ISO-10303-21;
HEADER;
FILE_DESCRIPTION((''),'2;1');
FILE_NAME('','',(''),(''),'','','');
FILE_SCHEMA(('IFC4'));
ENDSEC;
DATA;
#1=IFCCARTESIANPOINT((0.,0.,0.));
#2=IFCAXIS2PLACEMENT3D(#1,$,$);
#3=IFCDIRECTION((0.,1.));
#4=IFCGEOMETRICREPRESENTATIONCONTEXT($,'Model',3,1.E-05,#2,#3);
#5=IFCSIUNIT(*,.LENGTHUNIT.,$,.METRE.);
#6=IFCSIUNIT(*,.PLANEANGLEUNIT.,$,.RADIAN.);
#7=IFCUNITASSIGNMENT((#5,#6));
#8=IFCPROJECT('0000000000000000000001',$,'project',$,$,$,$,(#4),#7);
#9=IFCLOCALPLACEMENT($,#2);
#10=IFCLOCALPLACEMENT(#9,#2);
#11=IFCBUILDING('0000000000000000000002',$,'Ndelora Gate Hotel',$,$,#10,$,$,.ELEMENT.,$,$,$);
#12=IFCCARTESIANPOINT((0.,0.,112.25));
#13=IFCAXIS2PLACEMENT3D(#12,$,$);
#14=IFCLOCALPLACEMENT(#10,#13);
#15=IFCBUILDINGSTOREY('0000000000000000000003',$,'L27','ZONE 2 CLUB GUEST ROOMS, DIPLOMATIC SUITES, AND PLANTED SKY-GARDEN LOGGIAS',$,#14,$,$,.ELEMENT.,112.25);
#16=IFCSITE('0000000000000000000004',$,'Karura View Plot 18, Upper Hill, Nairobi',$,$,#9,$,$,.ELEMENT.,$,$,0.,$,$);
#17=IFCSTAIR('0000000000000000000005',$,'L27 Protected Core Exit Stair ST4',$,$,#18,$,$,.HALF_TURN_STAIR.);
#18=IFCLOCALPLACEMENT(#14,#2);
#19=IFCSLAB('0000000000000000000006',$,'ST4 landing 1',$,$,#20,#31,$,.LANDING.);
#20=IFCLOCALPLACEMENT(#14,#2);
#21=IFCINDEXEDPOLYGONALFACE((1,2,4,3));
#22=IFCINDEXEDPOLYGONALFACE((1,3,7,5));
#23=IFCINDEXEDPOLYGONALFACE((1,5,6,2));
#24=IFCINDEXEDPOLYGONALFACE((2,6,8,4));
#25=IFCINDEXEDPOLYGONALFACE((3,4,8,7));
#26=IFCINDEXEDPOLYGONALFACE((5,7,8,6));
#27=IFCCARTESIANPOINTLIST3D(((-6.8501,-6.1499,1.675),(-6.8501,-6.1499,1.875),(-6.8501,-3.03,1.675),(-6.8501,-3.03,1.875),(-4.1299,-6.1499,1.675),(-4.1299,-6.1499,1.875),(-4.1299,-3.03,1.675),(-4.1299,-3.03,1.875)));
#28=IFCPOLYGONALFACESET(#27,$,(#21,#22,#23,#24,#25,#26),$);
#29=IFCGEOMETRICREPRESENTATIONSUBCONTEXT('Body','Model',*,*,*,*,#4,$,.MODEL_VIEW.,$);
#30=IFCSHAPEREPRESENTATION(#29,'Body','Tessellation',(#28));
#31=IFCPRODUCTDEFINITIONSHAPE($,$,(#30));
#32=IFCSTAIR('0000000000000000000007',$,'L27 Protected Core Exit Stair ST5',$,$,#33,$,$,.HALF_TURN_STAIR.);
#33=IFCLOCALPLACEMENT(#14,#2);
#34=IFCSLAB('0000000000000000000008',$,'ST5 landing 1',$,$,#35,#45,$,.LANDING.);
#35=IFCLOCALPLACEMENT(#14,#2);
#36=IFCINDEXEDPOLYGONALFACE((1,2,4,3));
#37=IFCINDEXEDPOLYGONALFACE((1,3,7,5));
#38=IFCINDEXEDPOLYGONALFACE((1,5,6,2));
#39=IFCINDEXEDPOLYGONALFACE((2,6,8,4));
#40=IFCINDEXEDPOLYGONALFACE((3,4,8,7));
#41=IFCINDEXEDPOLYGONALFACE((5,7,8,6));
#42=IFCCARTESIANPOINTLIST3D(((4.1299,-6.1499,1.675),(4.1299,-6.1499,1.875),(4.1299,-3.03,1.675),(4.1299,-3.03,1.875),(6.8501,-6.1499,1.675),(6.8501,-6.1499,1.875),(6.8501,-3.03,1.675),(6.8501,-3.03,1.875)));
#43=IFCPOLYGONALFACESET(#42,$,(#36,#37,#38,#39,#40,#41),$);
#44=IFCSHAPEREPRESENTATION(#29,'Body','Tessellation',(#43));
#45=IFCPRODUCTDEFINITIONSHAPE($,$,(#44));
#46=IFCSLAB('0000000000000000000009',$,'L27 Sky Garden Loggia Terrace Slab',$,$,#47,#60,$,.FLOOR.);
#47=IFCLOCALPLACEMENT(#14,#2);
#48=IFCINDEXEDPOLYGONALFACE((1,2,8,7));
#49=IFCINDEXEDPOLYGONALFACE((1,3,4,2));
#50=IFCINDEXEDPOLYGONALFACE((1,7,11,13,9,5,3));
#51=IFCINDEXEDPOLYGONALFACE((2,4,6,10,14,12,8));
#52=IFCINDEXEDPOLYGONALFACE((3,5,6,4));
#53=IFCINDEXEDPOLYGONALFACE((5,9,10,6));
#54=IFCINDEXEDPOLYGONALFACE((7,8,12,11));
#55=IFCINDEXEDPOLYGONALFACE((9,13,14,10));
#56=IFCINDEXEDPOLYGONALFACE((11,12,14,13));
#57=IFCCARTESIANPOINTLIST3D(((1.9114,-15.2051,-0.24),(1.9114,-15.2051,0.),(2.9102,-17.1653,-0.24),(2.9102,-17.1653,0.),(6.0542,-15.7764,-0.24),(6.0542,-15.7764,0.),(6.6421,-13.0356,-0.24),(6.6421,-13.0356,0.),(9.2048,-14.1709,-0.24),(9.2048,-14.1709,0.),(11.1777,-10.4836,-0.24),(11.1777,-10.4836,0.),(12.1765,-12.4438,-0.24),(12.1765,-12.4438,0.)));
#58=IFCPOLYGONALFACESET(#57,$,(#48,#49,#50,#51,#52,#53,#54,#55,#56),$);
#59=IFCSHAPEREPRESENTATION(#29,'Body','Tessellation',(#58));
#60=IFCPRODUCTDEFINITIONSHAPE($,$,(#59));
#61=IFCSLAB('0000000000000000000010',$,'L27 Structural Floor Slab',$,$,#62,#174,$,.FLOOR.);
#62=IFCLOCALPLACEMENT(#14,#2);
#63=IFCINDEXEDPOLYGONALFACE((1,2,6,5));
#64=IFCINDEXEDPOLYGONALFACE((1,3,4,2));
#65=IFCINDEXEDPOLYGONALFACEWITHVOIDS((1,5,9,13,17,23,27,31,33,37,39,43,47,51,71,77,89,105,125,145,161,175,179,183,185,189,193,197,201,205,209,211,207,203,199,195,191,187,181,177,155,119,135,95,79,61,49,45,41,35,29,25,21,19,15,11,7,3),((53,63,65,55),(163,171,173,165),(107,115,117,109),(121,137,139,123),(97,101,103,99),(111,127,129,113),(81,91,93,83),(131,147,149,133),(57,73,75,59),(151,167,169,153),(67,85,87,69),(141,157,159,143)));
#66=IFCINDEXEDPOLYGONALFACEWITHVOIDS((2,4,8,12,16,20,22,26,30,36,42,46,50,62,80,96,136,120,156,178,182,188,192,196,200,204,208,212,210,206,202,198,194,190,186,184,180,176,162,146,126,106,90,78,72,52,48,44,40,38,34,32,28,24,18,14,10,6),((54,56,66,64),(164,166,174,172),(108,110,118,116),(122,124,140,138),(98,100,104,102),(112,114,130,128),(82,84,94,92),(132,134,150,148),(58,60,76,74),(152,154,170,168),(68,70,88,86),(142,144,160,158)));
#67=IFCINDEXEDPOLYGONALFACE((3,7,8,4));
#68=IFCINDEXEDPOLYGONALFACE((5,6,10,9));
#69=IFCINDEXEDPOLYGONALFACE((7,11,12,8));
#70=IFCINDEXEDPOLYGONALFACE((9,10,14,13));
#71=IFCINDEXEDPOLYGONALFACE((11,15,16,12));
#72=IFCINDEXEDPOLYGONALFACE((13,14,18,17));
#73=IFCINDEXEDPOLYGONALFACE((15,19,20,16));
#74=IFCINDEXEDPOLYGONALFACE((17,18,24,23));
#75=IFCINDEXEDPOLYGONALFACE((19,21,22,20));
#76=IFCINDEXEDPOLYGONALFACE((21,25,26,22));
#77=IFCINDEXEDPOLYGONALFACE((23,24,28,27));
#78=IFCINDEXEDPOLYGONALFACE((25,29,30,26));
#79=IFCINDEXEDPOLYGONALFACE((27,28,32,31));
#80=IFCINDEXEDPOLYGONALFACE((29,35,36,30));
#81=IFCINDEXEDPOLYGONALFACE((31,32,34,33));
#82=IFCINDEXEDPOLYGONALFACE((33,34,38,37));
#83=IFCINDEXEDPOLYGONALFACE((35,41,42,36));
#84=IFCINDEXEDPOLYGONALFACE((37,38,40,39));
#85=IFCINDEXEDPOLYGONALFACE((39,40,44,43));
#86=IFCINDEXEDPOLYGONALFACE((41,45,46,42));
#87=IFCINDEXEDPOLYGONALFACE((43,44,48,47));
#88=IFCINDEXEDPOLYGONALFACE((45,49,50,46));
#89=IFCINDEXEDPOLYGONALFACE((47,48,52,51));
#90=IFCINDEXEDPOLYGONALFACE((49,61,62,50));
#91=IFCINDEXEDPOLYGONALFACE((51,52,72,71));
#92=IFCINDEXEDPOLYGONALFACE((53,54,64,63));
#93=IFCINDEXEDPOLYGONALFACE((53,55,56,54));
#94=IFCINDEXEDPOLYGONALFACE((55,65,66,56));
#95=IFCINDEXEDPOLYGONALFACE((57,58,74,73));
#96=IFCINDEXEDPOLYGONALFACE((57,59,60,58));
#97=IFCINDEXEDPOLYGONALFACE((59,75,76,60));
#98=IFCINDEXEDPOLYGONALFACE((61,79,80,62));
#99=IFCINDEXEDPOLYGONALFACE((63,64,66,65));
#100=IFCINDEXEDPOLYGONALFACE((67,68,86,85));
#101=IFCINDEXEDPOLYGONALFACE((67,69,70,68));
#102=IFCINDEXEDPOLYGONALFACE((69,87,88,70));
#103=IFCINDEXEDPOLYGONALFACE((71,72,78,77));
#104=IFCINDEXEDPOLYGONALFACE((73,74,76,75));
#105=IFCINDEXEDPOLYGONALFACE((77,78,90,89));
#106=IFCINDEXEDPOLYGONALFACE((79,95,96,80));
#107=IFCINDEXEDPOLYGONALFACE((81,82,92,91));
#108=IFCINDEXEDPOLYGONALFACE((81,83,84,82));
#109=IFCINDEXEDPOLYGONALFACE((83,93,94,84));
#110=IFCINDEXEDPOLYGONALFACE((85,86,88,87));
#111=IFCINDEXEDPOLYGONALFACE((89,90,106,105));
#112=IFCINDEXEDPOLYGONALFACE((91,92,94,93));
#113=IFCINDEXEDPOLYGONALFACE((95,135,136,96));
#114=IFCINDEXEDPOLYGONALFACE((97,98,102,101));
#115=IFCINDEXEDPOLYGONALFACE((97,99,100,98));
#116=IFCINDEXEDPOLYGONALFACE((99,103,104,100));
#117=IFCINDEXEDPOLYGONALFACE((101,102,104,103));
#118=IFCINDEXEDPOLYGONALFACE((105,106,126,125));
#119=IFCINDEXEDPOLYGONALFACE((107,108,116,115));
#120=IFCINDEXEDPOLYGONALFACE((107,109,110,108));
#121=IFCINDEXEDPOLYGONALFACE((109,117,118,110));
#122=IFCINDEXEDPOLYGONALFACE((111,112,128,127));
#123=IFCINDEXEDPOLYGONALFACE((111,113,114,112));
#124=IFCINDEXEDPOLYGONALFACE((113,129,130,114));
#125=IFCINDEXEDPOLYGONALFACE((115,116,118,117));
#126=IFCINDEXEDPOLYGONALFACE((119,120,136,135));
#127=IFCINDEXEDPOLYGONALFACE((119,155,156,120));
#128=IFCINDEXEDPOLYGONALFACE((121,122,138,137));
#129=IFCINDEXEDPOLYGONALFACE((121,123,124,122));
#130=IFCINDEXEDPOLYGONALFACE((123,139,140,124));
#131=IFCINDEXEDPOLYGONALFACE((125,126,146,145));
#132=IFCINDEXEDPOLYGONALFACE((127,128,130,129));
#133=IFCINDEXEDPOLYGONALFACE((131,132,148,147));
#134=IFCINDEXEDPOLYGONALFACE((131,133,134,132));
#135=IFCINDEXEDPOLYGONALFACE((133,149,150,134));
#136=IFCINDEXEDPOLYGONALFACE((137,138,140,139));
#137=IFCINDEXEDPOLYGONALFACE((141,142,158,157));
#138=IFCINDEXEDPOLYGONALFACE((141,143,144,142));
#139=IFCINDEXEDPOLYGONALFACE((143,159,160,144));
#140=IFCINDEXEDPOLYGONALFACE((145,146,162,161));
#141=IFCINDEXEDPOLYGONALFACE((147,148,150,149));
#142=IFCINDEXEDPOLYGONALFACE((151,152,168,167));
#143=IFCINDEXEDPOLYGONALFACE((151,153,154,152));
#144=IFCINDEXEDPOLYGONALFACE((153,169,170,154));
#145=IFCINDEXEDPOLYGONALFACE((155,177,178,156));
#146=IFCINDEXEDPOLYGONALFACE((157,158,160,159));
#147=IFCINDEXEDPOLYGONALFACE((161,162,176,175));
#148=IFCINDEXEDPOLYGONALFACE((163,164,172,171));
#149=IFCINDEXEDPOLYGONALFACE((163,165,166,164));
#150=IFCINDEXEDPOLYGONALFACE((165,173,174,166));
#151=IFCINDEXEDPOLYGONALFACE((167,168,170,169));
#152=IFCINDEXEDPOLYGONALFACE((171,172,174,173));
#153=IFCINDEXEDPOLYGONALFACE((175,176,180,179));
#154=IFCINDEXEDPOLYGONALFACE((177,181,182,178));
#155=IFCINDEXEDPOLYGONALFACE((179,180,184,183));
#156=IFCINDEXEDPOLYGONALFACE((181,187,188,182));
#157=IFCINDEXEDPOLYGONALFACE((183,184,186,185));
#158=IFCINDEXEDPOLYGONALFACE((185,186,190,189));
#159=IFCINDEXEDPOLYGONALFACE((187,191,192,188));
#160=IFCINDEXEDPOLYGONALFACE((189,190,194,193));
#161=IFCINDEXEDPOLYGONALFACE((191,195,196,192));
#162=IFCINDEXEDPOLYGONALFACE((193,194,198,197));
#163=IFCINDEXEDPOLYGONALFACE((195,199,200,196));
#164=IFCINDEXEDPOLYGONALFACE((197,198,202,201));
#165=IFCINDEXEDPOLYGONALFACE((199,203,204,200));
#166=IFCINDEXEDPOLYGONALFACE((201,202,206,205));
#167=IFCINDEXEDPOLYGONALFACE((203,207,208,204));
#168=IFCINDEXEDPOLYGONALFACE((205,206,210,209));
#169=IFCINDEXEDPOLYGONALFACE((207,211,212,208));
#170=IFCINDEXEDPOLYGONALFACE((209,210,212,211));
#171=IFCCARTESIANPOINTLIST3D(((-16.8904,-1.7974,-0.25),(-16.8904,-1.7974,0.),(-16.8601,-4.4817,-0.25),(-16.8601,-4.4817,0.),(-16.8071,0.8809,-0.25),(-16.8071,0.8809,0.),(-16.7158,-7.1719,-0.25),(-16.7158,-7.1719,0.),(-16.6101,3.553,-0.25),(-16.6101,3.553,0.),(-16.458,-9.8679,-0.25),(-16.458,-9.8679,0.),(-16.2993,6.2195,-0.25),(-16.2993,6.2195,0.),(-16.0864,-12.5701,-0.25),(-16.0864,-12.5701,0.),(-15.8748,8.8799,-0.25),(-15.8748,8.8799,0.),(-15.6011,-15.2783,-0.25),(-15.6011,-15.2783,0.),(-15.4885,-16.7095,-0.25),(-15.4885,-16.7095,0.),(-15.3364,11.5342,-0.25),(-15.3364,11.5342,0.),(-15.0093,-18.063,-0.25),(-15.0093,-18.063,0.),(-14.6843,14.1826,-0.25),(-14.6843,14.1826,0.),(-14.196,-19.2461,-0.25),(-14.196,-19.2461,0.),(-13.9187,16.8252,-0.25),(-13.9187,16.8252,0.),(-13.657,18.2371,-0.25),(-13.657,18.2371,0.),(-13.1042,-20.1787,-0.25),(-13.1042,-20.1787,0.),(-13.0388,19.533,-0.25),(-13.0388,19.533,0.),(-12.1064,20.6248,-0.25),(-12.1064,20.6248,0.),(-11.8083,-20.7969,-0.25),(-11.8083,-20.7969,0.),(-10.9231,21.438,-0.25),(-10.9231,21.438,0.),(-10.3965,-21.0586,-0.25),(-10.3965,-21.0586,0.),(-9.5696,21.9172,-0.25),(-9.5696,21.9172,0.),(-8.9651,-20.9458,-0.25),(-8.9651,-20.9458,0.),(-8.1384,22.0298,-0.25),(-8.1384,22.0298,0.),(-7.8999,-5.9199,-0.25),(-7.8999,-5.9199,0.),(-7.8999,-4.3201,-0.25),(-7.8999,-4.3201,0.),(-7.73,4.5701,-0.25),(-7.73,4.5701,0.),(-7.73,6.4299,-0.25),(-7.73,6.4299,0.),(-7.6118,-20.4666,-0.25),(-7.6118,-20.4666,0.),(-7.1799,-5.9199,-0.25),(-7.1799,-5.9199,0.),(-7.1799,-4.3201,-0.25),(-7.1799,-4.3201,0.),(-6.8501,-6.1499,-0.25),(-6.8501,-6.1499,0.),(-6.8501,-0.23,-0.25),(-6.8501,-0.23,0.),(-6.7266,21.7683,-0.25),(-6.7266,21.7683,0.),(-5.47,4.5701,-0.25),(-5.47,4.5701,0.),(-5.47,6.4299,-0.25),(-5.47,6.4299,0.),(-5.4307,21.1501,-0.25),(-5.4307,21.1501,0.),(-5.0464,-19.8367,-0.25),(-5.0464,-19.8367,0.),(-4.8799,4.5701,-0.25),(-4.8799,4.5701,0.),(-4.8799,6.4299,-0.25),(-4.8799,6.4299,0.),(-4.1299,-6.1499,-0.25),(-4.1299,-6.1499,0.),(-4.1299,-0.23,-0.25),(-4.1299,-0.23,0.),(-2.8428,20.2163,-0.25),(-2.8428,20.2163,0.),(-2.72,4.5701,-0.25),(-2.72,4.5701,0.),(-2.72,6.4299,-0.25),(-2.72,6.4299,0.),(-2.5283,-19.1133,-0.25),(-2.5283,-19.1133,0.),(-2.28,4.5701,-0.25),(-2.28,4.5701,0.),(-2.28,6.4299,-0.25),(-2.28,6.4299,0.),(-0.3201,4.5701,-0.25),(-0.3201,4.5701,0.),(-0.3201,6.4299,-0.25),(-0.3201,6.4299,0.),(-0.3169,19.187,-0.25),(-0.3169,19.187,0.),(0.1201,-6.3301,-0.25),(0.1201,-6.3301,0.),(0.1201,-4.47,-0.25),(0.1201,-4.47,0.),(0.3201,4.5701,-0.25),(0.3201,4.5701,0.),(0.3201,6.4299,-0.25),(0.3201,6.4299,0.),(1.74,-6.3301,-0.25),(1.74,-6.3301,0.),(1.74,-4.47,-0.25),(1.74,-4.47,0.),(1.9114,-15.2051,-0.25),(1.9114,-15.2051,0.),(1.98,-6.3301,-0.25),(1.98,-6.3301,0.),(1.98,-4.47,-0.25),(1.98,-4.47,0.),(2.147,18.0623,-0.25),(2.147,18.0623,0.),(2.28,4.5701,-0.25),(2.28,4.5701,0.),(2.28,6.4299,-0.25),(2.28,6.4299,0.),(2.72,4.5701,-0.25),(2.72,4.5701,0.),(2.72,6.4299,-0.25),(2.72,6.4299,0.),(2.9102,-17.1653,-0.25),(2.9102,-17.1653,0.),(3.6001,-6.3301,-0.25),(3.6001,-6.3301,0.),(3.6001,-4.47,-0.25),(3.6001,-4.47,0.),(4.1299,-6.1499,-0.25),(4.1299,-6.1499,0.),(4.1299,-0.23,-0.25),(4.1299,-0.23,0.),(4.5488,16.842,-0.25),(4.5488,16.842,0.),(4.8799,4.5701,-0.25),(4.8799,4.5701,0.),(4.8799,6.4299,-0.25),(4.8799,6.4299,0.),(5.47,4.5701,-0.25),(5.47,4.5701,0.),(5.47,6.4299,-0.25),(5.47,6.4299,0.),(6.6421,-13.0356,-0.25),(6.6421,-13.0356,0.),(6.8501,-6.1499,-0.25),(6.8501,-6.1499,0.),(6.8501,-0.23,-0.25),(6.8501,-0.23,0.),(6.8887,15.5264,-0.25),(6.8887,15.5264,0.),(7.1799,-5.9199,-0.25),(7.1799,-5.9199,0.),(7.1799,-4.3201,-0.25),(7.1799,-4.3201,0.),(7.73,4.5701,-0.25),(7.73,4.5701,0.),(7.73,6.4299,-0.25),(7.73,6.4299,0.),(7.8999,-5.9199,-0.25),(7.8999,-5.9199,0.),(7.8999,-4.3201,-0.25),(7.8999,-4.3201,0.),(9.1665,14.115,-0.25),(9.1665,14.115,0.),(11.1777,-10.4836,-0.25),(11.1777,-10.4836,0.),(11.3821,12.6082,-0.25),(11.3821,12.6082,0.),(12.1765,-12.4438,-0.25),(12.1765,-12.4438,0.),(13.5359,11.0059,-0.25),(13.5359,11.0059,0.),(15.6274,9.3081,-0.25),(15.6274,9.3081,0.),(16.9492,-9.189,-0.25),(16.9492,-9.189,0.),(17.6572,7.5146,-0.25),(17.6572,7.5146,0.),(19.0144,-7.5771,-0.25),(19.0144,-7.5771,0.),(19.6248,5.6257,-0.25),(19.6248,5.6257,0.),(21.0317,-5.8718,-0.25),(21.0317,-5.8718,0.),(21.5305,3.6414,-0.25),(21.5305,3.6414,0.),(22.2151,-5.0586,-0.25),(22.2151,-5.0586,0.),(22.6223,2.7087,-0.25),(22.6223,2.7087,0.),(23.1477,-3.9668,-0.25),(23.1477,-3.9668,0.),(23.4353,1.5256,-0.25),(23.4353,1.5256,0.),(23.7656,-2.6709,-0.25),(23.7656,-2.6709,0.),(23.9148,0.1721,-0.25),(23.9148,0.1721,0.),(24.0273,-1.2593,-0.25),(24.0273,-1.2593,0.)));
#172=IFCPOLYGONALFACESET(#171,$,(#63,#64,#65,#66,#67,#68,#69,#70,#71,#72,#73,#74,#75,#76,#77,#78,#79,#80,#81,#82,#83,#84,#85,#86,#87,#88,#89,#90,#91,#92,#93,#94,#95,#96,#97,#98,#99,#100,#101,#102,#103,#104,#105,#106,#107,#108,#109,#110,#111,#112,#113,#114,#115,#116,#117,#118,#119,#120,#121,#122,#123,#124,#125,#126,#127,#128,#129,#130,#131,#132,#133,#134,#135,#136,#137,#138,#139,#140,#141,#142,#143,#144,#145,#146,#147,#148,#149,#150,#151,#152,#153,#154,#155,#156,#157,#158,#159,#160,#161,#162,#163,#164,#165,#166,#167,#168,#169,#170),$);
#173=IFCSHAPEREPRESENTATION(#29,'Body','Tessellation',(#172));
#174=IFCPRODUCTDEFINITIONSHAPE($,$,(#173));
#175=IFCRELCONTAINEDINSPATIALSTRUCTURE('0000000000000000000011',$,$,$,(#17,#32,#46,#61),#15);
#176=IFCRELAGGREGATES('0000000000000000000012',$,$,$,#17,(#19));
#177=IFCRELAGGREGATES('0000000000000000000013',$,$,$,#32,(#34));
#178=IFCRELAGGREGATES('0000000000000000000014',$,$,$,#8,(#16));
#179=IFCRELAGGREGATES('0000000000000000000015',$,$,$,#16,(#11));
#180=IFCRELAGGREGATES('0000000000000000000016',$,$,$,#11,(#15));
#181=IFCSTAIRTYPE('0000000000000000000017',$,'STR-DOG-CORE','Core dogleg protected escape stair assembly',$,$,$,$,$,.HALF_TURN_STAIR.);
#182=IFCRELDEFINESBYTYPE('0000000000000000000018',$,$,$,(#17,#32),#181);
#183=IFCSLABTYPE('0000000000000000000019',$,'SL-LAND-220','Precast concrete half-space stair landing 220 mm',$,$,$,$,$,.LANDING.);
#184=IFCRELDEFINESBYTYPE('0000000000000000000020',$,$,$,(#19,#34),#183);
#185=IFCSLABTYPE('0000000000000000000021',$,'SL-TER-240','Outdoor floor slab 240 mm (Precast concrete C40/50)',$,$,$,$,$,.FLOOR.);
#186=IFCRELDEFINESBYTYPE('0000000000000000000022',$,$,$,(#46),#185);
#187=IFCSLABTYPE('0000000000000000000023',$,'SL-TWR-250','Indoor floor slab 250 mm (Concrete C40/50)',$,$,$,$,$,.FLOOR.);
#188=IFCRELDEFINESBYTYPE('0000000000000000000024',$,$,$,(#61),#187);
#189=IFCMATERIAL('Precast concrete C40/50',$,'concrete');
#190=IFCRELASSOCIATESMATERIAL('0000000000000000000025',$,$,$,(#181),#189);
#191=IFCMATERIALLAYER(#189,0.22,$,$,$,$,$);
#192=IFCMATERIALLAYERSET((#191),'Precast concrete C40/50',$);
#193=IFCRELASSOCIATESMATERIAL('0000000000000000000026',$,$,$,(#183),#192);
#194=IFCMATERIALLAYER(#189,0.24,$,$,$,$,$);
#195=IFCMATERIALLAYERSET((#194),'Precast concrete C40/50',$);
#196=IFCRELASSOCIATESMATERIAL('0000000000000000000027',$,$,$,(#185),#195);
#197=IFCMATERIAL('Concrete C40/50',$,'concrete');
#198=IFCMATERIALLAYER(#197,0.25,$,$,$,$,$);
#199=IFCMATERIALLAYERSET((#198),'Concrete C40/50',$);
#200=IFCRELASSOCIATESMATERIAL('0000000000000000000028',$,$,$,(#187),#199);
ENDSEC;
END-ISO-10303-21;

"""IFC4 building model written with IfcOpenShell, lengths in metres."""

from ifc_helpers import new_model, si_unit, direction, frame, origin, place, context, subcontext, project, spatial, polyline, outline, extrude, material, layer, layer_set, type_object, element, aggregate, save


model = new_model("IFC4")

# Units and contexts
model_context = context("Model", 3, precision=1e-05, world=origin(), true_north=direction((0.0, 1.0)))
body_context = subcontext(model_context, "Body", "Model", "MODEL_VIEW")
ifc_project = project(units=[si_unit("LENGTHUNIT", "METRE"), si_unit("PLANEANGLEUNIT", "RADIAN")], contexts=[model_context])

# Site, building, storey
site_placement = place(None, origin())
site = spatial("IfcSite", under=ifc_project, at=site_placement, Name="Karura View Plot 18, Upper Hill, Nairobi", CompositionType="ELEMENT", RefElevation=0.0)
building_placement = place(site_placement, origin())
building = spatial("IfcBuilding", under=site, at=building_placement, Name="Ndelora Gate Hotel", CompositionType="ELEMENT")
storey_placement = place(building_placement, frame((0.0, 0.0, 112.25)))
storey = spatial("IfcBuildingStorey", under=building, at=storey_placement, Name="L27", Description="ZONE 2 CLUB GUEST ROOMS, DIPLOMATIC SUITES, AND PLANTED SKY-GARDEN LOGGIAS", CompositionType="ELEMENT", Elevation=112.25)

# Stairs, slabs
ifc_material_1 = material(Name="Precast concrete C40/50", Category="concrete")
stair_type = type_object("IfcStairType", Name="STR-DOG-CORE", Description="Core dogleg protected escape stair assembly", PredefinedType="HALF_TURN_STAIR", material=ifc_material_1)
stair_1_placement = place(storey_placement, origin())
stair_1 = element("IfcStair", 1, at=stair_1_placement, inside=storey, type_object=stair_type, Name="L27 Protected Core Exit Stair ST4", PredefinedType="HALF_TURN_STAIR")
ifc_layer_1 = layer(ifc_material_1, 0.22)
ifc_layer_set_1 = layer_set([ifc_layer_1], Name="Precast concrete C40/50")
slab_type_1 = type_object("IfcSlabType", Name="SL-LAND-220", Description="Precast concrete half-space stair landing 220 mm", PredefinedType="LANDING", material=ifc_layer_set_1)
slab_1_placement = place(storey_placement, frame((0.0, 0.0, 1.675)))
slab_1 = element("IfcSlab", 2, at=slab_1_placement, type_object=slab_type_1, Name="ST4 landing 1", PredefinedType="LANDING", context=body_context, shape_type="SweptSolid", body=[
    extrude(outline(polyline([(-6.8501, -3.03), (-6.8501, -6.1499), (-4.1299, -6.1499), (-4.1299, -3.03), (-6.8501, -3.03)])), origin(), (0.0, 0.0, 1.0), 0.2),
])
aggregate(stair_1, [slab_1])
stair_2_placement = place(storey_placement, origin())
stair_2 = element("IfcStair", 3, at=stair_2_placement, inside=storey, type_object=stair_type, Name="L27 Protected Core Exit Stair ST5", PredefinedType="HALF_TURN_STAIR")
slab_2_placement = place(storey_placement, frame((0.0, 0.0, 1.675)))
slab_2 = element("IfcSlab", 4, at=slab_2_placement, type_object=slab_type_1, Name="ST5 landing 1", PredefinedType="LANDING", context=body_context, shape_type="SweptSolid", body=[
    extrude(outline(polyline([(4.1299, -3.03), (4.1299, -6.1499), (6.8501, -6.1499), (6.8501, -3.03), (4.1299, -3.03)])), origin(), (0.0, 0.0, 1.0), 0.2),
])

# Slabs
ifc_layer_2 = layer(ifc_material_1, 0.24)
ifc_layer_set_2 = layer_set([ifc_layer_2], Name="Precast concrete C40/50")
slab_type_2 = type_object("IfcSlabType", Name="SL-TER-240", Description="Outdoor floor slab 240 mm (Precast concrete C40/50)", PredefinedType="FLOOR", material=ifc_layer_set_2)
slab_3_placement = place(storey_placement, frame((0.0, 0.0, -0.24)))
element("IfcSlab", 5, at=slab_3_placement, inside=storey, type_object=slab_type_2, Name="L27 Sky Garden Loggia Terrace Slab", PredefinedType="FLOOR", context=body_context, shape_type="SweptSolid", body=[
    extrude(outline(polyline([(1.9114, -15.2051), (2.9102, -17.1653), (6.0542, -15.7764), (9.2048, -14.1709), (12.1765, -12.4438), (11.1777, -10.4836), (6.6421, -13.0356), (1.9114, -15.2051)])), origin(), (0.0, 0.0, 1.0), 0.24),
])
ifc_material_2 = material(Name="Concrete C40/50", Category="concrete")
ifc_layer_3 = layer(ifc_material_2, 0.25)
ifc_layer_set_3 = layer_set([ifc_layer_3], Name="Concrete C40/50")
slab_type_3 = type_object("IfcSlabType", Name="SL-TWR-250", Description="Indoor floor slab 250 mm (Concrete C40/50)", PredefinedType="FLOOR", material=ifc_layer_set_3)
slab_4_placement = place(storey_placement, frame((0.0, 0.0, -0.25)))
element("IfcSlab", 6, at=slab_4_placement, inside=storey, type_object=slab_type_3, Name="L27 Structural Floor Slab", PredefinedType="FLOOR", context=body_context, shape_type="SweptSolid", body=[
    extrude(outline(polyline([(-5.4307, 21.1501), (-6.7266, 21.7683), (-8.1384, 22.0298), (-9.5696, 21.9172), (-10.9231, 21.438), (-12.1064, 20.6248), (-13.0388, 19.533), (-13.657, 18.2371), (-13.9187, 16.8252), (-14.6843, 14.1826), (-15.3364, 11.5342), (-15.8748, 8.8799), (-16.2993, 6.2195), (-16.6101, 3.553), (-16.8071, 0.8809), (-16.8904, -1.7974), (-16.8601, -4.4817), (-16.7158, -7.1719), (-16.458, -9.8679), (-16.0864, -12.5701), (-15.6011, -15.2783), (-15.4885, -16.7095), (-15.0093, -18.063), (-14.196, -19.2461), (-13.1042, -20.1787), (-11.8083, -20.7969), (-10.3965, -21.0586), (-8.9651, -20.9458), (-7.6118, -20.4666), (-5.0464, -19.8367), (-2.5283, -19.1133), (2.9102, -17.1653), (1.9114, -15.2051), (6.6421, -13.0356), (11.1777, -10.4836), (12.1765, -12.4438), (16.9492, -9.189), (19.0144, -7.5771), (21.0317, -5.8718), (22.2151, -5.0586), (23.1477, -3.9668), (23.7656, -2.6709), (24.0273, -1.2593), (23.9148, 0.1721), (23.4353, 1.5256), (22.6223, 2.7087), (21.5305, 3.6414), (19.6248, 5.6257), (17.6572, 7.5146), (15.6274, 9.3081), (13.5359, 11.0059), (11.3821, 12.6082), (9.1665, 14.115), (6.8887, 15.5264), (4.5488, 16.842), (2.147, 18.0623), (-0.3169, 19.187), (-2.8428, 20.2163), (-5.4307, 21.1501)]), holes=[polyline([(-6.8501, -0.23), (-6.8501, -6.1499), (-4.1299, -6.1499), (-4.1299, -0.23), (-6.8501, -0.23)]), polyline([(4.1299, -0.23), (4.1299, -6.1499), (6.8501, -6.1499), (6.8501, -0.23), (4.1299, -0.23)]), polyline([(-7.73, 4.5701), (-5.47, 4.5701), (-5.47, 6.4299), (-7.73, 6.4299), (-7.73, 4.5701)]), polyline([(5.47, 4.5701), (7.73, 4.5701), (7.73, 6.4299), (5.47, 6.4299), (5.47, 4.5701)]), polyline([(-4.8799, 4.5701), (-2.72, 4.5701), (-2.72, 6.4299), (-4.8799, 6.4299), (-4.8799, 4.5701)]), polyline([(2.72, 4.5701), (4.8799, 4.5701), (4.8799, 6.4299), (2.72, 6.4299), (2.72, 4.5701)]), polyline([(0.1201, -6.3301), (1.74, -6.3301), (1.74, -4.47), (0.1201, -4.47), (0.1201, -6.3301)]), polyline([(1.98, -6.3301), (3.6001, -6.3301), (3.6001, -4.47), (1.98, -4.47), (1.98, -6.3301)]), polyline([(-2.28, 4.5701), (-0.3201, 4.5701), (-0.3201, 6.4299), (-2.28, 6.4299), (-2.28, 4.5701)]), polyline([(0.3201, 4.5701), (2.28, 4.5701), (2.28, 6.4299), (0.3201, 6.4299), (0.3201, 4.5701)]), polyline([(-7.8999, -5.9199), (-7.1799, -5.9199), (-7.1799, -4.3201), (-7.8999, -4.3201), (-7.8999, -5.9199)]), polyline([(7.1799, -5.9199), (7.8999, -5.9199), (7.8999, -4.3201), (7.1799, -4.3201), (7.1799, -5.9199)])]), origin(), (0.0, 0.0, 1.0), 0.25),
])

aggregate(stair_2, [slab_2])

save(model, "model.ifc")
